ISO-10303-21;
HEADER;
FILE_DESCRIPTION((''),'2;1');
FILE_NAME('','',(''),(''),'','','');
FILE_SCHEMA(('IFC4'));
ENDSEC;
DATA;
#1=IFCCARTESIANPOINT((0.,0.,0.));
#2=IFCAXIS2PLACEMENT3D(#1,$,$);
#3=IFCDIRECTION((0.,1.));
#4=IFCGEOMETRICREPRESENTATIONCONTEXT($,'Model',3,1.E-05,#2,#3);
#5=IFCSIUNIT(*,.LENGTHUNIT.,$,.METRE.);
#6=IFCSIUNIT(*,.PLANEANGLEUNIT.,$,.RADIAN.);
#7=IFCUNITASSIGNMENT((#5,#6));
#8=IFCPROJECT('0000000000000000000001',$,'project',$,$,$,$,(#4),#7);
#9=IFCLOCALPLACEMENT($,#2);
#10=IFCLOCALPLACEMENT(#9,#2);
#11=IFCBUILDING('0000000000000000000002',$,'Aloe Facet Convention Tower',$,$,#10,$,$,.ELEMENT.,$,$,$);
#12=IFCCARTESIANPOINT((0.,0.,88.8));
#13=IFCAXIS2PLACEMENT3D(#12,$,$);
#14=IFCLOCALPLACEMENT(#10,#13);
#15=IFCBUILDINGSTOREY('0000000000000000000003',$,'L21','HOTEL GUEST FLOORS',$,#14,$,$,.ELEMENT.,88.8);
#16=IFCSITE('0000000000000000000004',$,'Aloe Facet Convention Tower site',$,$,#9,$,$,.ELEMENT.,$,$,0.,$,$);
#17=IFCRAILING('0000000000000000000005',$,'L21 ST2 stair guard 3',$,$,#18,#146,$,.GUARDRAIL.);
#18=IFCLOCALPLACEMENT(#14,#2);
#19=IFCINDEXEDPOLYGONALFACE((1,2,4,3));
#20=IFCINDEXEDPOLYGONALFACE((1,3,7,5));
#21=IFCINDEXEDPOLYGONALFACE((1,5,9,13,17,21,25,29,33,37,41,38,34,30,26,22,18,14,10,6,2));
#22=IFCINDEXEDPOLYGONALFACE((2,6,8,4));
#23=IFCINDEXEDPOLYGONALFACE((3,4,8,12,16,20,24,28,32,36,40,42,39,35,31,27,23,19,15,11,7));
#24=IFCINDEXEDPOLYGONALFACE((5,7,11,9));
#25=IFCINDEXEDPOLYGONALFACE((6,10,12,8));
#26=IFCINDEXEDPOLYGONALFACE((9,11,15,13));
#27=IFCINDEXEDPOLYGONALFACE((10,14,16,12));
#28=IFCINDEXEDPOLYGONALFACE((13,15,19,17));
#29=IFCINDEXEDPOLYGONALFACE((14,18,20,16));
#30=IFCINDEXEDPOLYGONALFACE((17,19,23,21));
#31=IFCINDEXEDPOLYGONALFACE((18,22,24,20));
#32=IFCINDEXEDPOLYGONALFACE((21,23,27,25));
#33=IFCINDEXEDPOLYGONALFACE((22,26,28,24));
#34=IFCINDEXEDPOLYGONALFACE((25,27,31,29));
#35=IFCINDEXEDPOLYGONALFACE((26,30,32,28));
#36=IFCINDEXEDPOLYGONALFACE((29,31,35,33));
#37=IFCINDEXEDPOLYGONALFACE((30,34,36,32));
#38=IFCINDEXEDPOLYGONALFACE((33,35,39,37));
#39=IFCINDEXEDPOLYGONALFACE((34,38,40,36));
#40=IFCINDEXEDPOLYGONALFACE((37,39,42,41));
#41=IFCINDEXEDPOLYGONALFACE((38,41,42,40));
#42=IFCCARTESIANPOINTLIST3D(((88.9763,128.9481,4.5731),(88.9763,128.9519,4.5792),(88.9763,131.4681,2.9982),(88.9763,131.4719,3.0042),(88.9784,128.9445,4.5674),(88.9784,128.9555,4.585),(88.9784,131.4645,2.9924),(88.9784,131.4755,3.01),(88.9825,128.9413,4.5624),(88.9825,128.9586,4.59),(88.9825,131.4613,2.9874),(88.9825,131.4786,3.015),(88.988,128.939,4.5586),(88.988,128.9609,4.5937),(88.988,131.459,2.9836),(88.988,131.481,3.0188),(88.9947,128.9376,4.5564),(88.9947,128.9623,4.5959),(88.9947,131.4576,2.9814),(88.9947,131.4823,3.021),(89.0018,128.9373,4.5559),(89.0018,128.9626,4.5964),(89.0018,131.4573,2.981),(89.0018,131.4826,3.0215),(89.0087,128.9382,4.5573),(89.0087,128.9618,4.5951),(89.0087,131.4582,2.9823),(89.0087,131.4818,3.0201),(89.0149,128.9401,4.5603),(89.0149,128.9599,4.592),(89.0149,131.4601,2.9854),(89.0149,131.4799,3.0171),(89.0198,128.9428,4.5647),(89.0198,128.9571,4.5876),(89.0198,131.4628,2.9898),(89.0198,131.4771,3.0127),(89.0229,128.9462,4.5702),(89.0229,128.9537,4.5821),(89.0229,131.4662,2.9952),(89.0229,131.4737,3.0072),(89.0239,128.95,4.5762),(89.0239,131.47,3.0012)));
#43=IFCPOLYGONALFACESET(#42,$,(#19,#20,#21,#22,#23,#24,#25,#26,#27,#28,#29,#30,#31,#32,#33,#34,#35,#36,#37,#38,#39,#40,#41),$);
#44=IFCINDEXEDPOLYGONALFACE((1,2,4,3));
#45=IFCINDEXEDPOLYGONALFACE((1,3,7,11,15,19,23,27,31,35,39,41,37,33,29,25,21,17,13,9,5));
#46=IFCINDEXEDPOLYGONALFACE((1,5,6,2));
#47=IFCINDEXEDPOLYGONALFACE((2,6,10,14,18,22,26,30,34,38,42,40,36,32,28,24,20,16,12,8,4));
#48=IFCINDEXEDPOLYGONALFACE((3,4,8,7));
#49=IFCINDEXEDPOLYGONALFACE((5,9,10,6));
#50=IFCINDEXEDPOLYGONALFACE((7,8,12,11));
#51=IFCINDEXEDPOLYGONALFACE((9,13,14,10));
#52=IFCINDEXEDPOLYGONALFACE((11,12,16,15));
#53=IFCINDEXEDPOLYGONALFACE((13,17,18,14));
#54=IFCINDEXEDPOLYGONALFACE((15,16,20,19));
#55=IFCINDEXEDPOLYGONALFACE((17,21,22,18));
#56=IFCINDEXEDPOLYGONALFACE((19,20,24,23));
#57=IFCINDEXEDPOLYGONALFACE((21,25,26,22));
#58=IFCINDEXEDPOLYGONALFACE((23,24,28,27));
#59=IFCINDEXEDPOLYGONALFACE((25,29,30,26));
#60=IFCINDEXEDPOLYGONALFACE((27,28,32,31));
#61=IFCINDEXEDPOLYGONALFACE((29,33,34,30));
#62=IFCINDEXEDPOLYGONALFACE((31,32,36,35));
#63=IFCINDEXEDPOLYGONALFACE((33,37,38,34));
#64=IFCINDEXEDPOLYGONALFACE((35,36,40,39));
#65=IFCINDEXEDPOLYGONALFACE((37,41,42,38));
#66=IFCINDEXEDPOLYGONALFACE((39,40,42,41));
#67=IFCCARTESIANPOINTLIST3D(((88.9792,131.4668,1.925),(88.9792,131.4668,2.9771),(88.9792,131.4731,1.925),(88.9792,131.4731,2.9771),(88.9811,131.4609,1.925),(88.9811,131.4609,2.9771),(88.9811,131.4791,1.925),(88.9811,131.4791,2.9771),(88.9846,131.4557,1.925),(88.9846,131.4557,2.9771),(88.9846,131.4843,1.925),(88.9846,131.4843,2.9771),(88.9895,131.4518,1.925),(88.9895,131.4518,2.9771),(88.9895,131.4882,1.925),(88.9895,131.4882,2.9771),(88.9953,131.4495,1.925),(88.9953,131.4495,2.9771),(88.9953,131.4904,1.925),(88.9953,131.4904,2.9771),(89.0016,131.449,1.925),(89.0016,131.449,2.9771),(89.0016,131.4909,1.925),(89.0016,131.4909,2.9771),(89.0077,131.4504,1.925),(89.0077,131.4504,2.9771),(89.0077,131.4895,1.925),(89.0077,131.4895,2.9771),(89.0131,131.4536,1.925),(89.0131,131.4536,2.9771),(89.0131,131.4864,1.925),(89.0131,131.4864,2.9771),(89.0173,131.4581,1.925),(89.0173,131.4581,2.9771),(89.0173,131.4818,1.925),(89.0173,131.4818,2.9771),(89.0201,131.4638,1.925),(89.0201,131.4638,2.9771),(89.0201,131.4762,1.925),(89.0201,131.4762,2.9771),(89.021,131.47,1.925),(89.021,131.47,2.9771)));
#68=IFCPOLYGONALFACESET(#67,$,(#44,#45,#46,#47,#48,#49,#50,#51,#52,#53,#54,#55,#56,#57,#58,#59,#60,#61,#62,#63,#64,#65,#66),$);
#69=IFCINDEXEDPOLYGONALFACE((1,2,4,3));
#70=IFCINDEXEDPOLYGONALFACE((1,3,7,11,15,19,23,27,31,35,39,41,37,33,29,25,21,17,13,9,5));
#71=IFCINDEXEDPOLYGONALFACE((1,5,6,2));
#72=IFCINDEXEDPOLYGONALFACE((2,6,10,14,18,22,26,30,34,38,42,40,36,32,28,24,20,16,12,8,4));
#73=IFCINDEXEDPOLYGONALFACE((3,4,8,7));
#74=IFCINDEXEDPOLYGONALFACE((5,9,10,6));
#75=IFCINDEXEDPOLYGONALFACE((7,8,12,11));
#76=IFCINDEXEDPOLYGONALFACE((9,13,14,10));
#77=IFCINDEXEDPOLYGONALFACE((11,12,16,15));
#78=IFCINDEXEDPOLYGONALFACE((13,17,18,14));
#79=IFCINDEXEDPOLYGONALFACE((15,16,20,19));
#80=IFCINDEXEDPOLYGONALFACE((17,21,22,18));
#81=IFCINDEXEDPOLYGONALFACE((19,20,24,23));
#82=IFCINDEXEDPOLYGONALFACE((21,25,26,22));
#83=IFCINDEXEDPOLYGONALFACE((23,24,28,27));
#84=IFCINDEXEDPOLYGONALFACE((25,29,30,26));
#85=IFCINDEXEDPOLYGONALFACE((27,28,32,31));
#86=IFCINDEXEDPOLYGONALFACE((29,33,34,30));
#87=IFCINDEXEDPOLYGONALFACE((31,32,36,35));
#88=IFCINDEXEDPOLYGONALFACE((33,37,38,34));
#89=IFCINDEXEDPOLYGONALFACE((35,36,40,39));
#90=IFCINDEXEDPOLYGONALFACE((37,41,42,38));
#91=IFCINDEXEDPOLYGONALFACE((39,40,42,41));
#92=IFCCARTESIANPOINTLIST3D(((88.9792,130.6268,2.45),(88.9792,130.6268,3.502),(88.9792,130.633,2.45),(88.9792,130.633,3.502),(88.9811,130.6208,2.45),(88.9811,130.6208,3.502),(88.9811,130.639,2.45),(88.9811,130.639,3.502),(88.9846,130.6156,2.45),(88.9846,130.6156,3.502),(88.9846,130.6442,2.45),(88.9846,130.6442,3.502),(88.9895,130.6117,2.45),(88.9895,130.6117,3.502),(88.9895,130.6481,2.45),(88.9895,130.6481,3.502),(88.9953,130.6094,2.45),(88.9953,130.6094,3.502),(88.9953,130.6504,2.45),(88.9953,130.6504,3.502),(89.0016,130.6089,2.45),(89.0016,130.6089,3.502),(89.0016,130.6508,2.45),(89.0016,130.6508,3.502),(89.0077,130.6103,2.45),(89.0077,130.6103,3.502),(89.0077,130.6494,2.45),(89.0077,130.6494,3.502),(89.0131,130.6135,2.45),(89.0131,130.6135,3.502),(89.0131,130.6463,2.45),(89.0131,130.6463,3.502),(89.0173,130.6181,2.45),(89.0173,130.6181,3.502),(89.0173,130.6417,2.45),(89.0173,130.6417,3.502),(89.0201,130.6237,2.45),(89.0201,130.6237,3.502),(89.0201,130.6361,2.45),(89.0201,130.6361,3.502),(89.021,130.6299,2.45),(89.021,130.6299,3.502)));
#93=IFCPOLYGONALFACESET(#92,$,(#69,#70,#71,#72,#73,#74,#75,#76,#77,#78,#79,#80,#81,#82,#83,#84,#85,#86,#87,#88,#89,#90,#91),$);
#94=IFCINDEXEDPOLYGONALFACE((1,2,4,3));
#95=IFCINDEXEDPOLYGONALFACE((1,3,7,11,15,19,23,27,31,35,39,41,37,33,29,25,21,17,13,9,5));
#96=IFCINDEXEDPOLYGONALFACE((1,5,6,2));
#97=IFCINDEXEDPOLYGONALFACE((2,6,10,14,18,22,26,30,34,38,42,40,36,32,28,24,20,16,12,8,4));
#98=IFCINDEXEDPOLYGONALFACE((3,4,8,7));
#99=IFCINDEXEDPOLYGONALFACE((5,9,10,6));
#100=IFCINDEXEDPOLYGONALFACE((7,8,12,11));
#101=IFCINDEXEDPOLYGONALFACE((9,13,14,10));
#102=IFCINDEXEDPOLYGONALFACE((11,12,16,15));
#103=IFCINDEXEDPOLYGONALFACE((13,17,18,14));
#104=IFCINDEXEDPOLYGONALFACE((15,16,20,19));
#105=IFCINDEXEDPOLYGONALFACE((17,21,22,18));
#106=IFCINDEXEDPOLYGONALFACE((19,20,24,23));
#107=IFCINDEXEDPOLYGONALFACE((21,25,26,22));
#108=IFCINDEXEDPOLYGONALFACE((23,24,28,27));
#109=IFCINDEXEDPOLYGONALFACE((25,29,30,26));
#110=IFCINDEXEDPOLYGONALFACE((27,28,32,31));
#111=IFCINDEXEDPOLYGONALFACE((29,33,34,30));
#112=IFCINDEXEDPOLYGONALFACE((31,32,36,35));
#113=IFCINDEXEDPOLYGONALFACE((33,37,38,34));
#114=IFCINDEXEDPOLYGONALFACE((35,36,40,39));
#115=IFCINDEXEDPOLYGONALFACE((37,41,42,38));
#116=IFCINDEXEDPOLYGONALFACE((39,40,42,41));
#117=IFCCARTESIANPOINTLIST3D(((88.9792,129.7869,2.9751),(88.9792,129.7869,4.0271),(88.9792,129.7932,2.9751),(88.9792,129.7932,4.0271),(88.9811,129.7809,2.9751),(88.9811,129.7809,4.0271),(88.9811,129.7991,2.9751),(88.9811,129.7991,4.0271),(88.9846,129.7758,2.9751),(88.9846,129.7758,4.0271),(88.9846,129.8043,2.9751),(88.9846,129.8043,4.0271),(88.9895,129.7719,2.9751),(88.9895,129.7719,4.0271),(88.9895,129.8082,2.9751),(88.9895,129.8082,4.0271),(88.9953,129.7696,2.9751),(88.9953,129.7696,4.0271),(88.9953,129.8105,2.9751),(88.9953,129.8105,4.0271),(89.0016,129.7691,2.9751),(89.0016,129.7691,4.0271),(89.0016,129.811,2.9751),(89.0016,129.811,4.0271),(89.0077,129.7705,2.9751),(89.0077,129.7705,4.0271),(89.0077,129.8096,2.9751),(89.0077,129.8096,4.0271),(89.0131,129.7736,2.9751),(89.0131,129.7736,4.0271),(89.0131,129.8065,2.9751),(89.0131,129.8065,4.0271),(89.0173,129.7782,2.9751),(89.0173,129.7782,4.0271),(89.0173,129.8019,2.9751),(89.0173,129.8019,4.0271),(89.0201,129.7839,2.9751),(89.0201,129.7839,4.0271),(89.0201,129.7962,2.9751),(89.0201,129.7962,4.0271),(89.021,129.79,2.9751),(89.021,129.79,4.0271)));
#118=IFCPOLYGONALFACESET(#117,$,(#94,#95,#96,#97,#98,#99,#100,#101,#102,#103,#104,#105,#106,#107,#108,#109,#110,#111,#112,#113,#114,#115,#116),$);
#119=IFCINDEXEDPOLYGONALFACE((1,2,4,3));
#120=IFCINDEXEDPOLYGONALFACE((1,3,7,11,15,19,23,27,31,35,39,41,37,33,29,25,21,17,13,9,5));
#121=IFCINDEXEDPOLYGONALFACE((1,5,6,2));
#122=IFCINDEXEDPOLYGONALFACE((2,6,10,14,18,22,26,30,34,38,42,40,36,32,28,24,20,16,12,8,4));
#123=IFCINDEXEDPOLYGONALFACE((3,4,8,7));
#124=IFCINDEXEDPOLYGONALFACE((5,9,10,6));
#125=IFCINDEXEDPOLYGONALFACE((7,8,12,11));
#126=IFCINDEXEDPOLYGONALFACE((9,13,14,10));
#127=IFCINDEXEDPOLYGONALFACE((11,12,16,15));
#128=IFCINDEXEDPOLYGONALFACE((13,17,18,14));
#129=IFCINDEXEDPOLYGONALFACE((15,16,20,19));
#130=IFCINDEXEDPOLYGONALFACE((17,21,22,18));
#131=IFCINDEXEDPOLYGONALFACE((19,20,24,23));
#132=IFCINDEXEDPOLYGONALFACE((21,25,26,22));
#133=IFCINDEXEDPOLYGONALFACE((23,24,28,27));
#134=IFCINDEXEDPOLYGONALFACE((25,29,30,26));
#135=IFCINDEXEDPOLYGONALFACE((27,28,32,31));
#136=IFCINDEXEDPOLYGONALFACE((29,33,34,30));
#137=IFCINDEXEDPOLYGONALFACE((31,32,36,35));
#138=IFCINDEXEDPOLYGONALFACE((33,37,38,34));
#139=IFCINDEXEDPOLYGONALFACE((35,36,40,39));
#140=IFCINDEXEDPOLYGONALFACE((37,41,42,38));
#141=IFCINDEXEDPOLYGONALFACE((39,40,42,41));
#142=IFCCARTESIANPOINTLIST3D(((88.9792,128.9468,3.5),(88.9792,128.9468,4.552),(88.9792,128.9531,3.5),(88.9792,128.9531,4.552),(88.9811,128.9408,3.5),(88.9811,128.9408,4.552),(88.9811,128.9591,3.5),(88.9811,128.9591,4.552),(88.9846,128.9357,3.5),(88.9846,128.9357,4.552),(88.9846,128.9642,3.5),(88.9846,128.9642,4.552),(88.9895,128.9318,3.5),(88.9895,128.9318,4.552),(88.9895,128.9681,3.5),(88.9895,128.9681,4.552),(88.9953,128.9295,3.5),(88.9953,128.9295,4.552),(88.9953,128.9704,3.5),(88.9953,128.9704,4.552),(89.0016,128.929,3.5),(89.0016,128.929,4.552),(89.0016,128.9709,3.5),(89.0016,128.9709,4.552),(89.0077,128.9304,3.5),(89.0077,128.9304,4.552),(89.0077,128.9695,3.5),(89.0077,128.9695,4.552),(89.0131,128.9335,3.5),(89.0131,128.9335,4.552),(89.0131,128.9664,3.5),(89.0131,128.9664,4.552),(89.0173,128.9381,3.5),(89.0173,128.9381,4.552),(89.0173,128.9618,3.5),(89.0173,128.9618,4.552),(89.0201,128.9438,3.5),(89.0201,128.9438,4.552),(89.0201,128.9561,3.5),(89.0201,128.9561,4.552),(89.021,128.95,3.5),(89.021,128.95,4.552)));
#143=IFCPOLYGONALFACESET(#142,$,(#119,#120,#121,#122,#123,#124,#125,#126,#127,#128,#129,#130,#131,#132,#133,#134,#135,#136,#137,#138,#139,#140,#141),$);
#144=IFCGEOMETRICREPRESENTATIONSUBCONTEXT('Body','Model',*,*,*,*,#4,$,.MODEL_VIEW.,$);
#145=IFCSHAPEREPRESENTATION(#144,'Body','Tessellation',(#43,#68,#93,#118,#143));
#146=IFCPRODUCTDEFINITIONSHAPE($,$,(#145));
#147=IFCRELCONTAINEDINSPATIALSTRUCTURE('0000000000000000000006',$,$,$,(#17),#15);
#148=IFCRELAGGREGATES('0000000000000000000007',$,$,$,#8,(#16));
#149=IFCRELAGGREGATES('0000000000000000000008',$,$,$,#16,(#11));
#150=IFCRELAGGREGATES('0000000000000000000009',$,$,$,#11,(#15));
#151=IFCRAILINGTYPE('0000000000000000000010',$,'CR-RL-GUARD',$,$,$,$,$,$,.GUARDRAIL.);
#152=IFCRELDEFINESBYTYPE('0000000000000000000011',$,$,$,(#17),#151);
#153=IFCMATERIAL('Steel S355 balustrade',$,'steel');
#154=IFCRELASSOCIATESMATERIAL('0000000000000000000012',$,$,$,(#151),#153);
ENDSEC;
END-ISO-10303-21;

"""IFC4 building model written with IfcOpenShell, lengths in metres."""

from ifc_helpers import new_model, si_unit, direction, frame, origin, origin_2d, place, context, subcontext, project, spatial, circle, extrude, material, type_object, element, save


model = new_model("IFC4")

# Units and contexts
model_context = context("Model", 3, precision=1e-05, world=origin(), true_north=direction((0.0, 1.0)))
body_context = subcontext(model_context, "Body", "Model", "MODEL_VIEW")
ifc_project = project(units=[si_unit("LENGTHUNIT", "METRE"), si_unit("PLANEANGLEUNIT", "RADIAN")], contexts=[model_context])

# Site, building, storey
site_placement = place(None, origin())
site = spatial("IfcSite", under=ifc_project, at=site_placement, Name="Aloe Facet Convention Tower site", CompositionType="ELEMENT", RefElevation=0.0)
building_placement = place(site_placement, origin())
building = spatial("IfcBuilding", under=site, at=building_placement, Name="Aloe Facet Convention Tower", CompositionType="ELEMENT")
storey_placement = place(building_placement, frame((0.0, 0.0, 88.8)))
storey = spatial("IfcBuildingStorey", under=building, at=storey_placement, Name="L21", Description="HOTEL GUEST FLOORS", CompositionType="ELEMENT", Elevation=88.8)

# Railing
ifc_material_1 = material(Name="Steel S355 balustrade", Category="steel")
railing_type_1 = type_object("IfcRailingType", Name="CR-RL-GUARD", PredefinedType="GUARDRAIL", material=ifc_material_1)
railing_1_placement = place(storey_placement, frame((89.0, 131.47, 1.925)))
element("IfcRailing", 1, at=railing_1_placement, inside=storey, type_object=railing_type_1, Name="L21 ST2 stair guard 3", PredefinedType="GUARDRAIL", context=body_context, shape_type="SweptSolid", body=[
    extrude(circle(Radius=0.0239, at=origin_2d()), frame((0.0, 0.0, 1.0762), z_axis=(0.0, -0.848008, 0.529984), x_axis=(1.0, 0.0, 0.0)), (0.0, 0.0, 1.0), 2.9717),
    extrude(circle(Radius=0.021, at=origin_2d()), origin(), (0.0, 0.0, 1.0), 1.052),
    extrude(circle(Radius=0.021, at=origin_2d()), frame((0.0, -0.8401, 0.5249)), (0.0, 0.0, 1.0), 1.052),
    extrude(circle(Radius=0.021, at=origin_2d()), frame((0.0, -1.6799, 1.05)), (0.0, 0.0, 1.0), 1.052),
    extrude(circle(Radius=0.021, at=origin_2d()), frame((0.0, -2.52, 1.575)), (0.0, 0.0, 1.0), 1.052),
])

save(model, "model.ifc")
